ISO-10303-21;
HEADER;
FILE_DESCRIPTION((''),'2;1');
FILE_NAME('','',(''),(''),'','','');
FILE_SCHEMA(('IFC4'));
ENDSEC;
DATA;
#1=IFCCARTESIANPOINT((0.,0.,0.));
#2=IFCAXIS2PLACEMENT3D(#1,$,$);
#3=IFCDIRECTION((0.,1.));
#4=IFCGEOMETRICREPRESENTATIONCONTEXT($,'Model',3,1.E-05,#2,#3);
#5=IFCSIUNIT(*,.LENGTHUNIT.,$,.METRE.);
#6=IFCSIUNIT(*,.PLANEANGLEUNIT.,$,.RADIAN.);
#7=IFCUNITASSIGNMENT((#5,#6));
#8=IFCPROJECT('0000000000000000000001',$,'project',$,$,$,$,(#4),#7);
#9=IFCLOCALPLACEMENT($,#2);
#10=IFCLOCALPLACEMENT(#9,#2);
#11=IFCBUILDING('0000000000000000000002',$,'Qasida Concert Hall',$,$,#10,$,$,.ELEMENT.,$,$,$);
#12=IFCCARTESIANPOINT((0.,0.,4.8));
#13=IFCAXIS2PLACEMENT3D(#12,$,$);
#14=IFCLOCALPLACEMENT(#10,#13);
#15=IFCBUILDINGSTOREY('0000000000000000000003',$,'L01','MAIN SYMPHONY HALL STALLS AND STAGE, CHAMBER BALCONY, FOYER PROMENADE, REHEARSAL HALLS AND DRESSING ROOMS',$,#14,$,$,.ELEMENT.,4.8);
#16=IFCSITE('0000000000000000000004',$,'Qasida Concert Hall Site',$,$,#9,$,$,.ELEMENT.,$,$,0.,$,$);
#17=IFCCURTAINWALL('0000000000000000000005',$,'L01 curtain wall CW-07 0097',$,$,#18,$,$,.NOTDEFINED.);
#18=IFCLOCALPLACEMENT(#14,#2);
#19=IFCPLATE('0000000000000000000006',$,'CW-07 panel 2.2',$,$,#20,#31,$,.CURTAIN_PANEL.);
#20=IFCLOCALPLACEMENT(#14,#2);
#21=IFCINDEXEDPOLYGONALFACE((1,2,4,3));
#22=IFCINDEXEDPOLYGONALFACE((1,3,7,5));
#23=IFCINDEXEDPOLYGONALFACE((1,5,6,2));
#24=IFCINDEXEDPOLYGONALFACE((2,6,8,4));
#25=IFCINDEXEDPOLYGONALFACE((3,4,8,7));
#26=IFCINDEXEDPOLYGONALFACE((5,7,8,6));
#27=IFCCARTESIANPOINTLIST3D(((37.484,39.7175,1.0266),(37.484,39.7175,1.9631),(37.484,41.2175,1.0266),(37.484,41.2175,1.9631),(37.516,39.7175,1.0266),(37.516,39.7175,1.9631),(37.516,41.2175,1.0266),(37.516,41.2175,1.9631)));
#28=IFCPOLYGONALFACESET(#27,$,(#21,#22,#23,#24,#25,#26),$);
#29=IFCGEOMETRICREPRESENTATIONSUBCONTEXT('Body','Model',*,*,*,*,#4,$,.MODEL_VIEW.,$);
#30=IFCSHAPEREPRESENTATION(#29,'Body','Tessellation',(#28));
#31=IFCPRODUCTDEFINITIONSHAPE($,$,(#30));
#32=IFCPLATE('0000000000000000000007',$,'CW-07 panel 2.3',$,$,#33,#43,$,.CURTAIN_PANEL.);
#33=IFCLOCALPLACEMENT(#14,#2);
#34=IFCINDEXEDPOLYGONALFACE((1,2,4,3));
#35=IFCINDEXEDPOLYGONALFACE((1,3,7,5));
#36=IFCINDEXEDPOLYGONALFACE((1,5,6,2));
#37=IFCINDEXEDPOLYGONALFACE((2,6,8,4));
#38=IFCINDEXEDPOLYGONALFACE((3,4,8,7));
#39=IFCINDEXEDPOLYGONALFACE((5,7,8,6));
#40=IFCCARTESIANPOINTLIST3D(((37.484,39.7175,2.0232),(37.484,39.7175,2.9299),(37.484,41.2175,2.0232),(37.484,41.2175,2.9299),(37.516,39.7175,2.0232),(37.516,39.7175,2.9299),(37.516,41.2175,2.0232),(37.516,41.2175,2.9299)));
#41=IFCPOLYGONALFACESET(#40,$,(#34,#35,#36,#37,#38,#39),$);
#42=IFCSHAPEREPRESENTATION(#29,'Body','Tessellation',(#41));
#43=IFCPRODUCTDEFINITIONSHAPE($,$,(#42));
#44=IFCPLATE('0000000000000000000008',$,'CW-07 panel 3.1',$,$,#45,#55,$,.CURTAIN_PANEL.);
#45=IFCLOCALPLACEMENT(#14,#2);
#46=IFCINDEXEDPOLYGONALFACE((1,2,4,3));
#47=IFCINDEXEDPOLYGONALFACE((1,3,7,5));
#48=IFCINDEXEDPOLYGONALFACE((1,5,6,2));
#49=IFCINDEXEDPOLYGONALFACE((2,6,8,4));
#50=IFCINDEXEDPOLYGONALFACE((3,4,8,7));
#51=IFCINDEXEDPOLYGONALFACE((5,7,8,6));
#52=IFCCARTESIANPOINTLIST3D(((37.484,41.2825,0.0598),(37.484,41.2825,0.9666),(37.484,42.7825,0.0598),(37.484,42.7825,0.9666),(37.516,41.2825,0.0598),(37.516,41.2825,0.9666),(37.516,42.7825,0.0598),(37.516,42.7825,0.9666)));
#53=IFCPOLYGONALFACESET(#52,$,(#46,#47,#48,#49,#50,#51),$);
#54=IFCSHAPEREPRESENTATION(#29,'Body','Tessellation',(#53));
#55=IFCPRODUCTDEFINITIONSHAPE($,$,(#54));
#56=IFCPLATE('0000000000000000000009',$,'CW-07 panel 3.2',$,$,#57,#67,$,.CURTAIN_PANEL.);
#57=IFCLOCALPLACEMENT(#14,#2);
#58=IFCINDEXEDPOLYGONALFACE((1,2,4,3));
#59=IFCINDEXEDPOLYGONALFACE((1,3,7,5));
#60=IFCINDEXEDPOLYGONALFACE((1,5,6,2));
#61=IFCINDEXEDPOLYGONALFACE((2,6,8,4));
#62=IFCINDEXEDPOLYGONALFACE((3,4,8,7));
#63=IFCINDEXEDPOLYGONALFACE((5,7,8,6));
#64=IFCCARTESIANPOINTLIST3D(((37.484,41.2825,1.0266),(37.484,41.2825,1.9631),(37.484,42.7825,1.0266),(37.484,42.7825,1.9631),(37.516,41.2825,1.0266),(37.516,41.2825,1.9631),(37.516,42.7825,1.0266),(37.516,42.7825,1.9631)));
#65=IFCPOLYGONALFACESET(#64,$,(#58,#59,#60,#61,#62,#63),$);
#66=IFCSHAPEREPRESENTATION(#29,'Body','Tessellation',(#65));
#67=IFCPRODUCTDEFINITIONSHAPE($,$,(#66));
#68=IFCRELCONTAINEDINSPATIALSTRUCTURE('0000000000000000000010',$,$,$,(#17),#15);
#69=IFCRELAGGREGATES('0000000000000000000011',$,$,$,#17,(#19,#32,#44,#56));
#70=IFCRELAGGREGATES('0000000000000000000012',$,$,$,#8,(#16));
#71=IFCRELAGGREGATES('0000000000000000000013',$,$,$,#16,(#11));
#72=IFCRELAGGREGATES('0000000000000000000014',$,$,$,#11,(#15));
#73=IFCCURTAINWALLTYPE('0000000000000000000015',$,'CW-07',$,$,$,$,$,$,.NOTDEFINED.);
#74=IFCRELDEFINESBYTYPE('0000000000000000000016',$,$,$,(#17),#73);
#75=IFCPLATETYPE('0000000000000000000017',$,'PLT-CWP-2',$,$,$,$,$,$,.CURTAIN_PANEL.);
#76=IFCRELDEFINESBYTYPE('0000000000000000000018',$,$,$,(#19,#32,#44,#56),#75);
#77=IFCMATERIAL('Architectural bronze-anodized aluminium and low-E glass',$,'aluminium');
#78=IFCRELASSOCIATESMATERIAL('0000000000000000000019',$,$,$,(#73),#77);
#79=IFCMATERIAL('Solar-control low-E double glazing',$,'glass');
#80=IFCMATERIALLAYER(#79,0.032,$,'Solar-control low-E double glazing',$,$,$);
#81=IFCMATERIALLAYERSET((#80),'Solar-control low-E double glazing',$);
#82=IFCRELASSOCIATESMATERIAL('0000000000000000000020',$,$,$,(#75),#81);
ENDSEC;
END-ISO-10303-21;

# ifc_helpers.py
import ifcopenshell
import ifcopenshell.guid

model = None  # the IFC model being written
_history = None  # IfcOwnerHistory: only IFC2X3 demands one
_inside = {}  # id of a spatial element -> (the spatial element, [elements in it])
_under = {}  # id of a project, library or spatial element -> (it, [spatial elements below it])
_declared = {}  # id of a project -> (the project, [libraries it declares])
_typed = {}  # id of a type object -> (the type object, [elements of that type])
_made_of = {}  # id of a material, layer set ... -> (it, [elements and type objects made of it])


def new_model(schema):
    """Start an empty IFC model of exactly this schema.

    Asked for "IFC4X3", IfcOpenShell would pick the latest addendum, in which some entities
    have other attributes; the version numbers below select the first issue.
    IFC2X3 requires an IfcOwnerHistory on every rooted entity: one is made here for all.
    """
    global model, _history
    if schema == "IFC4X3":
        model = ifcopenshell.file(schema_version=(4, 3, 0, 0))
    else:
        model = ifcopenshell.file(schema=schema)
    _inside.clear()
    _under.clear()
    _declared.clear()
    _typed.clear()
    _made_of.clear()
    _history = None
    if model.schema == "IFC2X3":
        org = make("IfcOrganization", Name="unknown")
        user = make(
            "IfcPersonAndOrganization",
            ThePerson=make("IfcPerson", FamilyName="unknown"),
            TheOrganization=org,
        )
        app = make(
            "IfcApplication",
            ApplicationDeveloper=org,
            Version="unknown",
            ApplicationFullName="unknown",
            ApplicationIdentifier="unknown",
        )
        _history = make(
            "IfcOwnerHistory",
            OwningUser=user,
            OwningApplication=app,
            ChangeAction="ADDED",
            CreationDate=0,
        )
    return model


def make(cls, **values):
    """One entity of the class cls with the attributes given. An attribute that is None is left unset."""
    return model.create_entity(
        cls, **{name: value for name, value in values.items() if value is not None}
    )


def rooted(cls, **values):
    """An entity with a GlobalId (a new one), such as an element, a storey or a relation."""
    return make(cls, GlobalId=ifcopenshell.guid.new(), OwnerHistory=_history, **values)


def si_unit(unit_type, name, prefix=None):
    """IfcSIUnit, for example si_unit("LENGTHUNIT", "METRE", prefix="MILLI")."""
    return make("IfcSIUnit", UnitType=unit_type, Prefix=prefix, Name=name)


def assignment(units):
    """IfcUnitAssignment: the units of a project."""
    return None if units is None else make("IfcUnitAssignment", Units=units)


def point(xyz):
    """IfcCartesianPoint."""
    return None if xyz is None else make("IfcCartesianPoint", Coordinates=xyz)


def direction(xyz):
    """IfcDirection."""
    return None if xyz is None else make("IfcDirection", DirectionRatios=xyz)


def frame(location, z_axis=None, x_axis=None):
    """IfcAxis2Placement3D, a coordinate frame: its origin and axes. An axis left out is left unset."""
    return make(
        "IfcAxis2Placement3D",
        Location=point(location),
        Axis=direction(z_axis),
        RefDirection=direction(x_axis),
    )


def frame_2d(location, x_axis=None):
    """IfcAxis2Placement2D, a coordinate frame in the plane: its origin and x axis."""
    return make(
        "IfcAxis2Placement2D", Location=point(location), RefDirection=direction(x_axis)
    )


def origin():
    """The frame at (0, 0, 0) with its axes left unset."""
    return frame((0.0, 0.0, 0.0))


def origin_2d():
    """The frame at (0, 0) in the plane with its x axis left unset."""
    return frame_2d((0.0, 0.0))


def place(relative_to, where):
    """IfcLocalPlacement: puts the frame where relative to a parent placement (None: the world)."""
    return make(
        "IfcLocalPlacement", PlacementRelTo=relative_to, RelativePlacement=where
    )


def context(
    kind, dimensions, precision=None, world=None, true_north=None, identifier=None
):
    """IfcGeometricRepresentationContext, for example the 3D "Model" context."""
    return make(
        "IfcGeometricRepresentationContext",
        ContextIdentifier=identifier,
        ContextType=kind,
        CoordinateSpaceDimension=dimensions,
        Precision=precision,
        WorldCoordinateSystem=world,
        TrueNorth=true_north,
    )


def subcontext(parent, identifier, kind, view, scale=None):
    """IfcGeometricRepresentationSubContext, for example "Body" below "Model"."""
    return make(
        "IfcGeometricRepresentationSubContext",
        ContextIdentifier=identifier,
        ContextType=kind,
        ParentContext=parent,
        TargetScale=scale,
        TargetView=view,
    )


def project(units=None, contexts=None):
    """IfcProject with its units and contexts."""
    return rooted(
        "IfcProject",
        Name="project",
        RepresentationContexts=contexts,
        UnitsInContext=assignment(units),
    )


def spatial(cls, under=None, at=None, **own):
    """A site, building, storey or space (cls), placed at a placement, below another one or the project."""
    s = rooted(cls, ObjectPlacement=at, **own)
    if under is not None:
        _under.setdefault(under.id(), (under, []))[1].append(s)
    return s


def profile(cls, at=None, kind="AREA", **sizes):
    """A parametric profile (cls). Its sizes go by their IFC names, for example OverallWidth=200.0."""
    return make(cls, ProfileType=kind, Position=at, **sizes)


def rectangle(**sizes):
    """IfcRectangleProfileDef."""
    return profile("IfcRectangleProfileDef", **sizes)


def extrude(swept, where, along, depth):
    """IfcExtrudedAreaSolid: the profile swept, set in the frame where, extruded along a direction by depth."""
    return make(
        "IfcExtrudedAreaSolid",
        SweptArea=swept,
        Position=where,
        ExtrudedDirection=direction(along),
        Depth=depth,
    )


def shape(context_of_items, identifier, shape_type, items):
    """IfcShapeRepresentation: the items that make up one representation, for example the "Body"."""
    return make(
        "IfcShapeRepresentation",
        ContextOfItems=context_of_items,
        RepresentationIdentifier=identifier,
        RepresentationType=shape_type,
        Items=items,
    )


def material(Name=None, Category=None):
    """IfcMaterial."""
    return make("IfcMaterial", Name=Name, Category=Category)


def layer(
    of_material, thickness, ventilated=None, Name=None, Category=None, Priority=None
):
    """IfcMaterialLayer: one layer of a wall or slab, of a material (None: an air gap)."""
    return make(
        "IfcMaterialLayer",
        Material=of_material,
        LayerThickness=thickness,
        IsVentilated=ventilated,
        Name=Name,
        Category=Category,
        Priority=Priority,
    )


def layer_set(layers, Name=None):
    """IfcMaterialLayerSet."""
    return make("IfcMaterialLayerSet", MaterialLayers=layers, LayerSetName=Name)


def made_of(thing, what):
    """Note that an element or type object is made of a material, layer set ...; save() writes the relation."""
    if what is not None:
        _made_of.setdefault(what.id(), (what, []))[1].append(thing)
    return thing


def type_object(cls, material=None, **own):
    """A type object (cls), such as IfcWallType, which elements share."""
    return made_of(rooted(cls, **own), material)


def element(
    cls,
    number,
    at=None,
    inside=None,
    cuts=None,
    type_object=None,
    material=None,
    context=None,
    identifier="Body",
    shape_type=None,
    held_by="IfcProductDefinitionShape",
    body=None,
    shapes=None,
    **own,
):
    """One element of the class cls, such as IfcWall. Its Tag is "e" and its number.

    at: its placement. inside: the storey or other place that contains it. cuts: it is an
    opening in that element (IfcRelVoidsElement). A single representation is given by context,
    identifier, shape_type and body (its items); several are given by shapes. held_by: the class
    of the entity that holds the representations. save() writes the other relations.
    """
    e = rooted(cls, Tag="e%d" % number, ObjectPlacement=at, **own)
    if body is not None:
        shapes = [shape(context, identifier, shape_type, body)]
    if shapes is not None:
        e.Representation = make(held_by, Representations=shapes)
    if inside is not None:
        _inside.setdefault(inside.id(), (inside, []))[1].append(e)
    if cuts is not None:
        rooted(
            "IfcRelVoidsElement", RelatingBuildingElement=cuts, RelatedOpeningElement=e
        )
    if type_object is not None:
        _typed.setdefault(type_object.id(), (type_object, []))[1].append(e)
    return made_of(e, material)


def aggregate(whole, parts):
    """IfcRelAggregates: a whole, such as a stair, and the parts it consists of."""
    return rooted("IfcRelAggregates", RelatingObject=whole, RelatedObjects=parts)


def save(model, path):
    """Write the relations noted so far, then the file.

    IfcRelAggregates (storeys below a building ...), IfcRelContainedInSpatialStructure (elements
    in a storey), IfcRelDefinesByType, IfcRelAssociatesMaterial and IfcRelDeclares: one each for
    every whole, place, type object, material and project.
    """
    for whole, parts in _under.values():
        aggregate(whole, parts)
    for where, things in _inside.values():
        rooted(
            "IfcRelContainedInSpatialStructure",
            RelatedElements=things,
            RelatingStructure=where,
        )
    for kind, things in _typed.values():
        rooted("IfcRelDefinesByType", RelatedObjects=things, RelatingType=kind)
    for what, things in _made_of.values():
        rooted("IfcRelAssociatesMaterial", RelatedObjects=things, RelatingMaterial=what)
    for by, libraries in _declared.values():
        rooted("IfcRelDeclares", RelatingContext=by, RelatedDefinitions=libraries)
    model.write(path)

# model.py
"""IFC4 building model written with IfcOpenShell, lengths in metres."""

from ifc_helpers import new_model, si_unit, direction, frame, origin, origin_2d, place, context, subcontext, project, spatial, rectangle, extrude, material, layer, layer_set, type_object, element, aggregate, save


model = new_model("IFC4")

# Units and contexts
model_context = context("Model", 3, precision=1e-05, world=origin(), true_north=direction((0.0, 1.0)))
body_context = subcontext(model_context, "Body", "Model", "MODEL_VIEW")
ifc_project = project(units=[si_unit("LENGTHUNIT", "METRE"), si_unit("PLANEANGLEUNIT", "RADIAN")], contexts=[model_context])

# Site, building, storey
site_placement = place(None, origin())
site = spatial("IfcSite", under=ifc_project, at=site_placement, Name="Qasida Concert Hall Site", CompositionType="ELEMENT", RefElevation=0.0)
building_placement = place(site_placement, origin())
building = spatial("IfcBuilding", under=site, at=building_placement, Name="Qasida Concert Hall", CompositionType="ELEMENT")
storey_placement = place(building_placement, frame((0.0, 0.0, 4.8)))
storey = spatial("IfcBuildingStorey", under=building, at=storey_placement, Name="L01", Description="MAIN SYMPHONY HALL STALLS AND STAGE, CHAMBER BALCONY, FOYER PROMENADE, REHEARSAL HALLS AND DRESSING ROOMS", CompositionType="ELEMENT", Elevation=4.8)

# Curtain wall, plates
ifc_material_1 = material(Name="Architectural bronze-anodized aluminium and low-E glass", Category="aluminium")
curtain_wall_type = type_object("IfcCurtainWallType", Name="CW-07", PredefinedType="NOTDEFINED", material=ifc_material_1)
curtain_wall_placement = place(storey_placement, origin())
curtain_wall = element("IfcCurtainWall", 1, at=curtain_wall_placement, inside=storey, type_object=curtain_wall_type, Name="L01 curtain wall CW-07 0097", PredefinedType="NOTDEFINED")
ifc_material_2 = material(Name="Solar-control low-E double glazing", Category="glass")
ifc_layer = layer(ifc_material_2, 0.032, Name="Solar-control low-E double glazing")
ifc_layer_set = layer_set([ifc_layer], Name="Solar-control low-E double glazing")
plate_type = type_object("IfcPlateType", Name="PLT-CWP-2", PredefinedType="CURTAIN_PANEL", material=ifc_layer_set)
plate_1_placement = place(storey_placement, frame((37.5, 40.4675, 1.0266), z_axis=(0.0, 0.0, 1.0), x_axis=(0.0, 1.0, 0.0)))
plate_1 = element("IfcPlate", 2, at=plate_1_placement, type_object=plate_type, Name="CW-07 panel 2.2", PredefinedType="CURTAIN_PANEL", context=body_context, shape_type="SweptSolid", body=[
    extrude(rectangle(XDim=1.5, YDim=0.032, at=origin_2d()), origin(), (0.0, 0.0, 1.0), 0.9365),
])
plate_2_placement = place(storey_placement, frame((37.5, 40.4675, 2.0232), z_axis=(0.0, 0.0, 1.0), x_axis=(0.0, 1.0, 0.0)))
plate_2 = element("IfcPlate", 3, at=plate_2_placement, type_object=plate_type, Name="CW-07 panel 2.3", PredefinedType="CURTAIN_PANEL", context=body_context, shape_type="SweptSolid", body=[
    extrude(rectangle(XDim=1.5, YDim=0.032, at=origin_2d()), origin(), (0.0, 0.0, 1.0), 0.9067),
])
plate_3_placement = place(storey_placement, frame((37.5, 42.0325, 0.0598), z_axis=(0.0, 0.0, 1.0), x_axis=(0.0, 1.0, 0.0)))
plate_3 = element("IfcPlate", 4, at=plate_3_placement, type_object=plate_type, Name="CW-07 panel 3.1", PredefinedType="CURTAIN_PANEL", context=body_context, shape_type="SweptSolid", body=[
    extrude(rectangle(XDim=1.5, YDim=0.032, at=origin_2d()), origin(), (0.0, 0.0, 1.0), 0.9067),
])
plate_4_placement = place(storey_placement, frame((37.5, 42.0325, 1.0266), z_axis=(0.0, 0.0, 1.0), x_axis=(0.0, 1.0, 0.0)))
plate_4 = element("IfcPlate", 5, at=plate_4_placement, type_object=plate_type, Name="CW-07 panel 3.2", PredefinedType="CURTAIN_PANEL", context=body_context, shape_type="SweptSolid", body=[
    extrude(rectangle(XDim=1.5, YDim=0.032, at=origin_2d()), origin(), (0.0, 0.0, 1.0), 0.9365),
])
aggregate(curtain_wall, [plate_1, plate_2, plate_3, plate_4])

save(model, "model.ifc")
